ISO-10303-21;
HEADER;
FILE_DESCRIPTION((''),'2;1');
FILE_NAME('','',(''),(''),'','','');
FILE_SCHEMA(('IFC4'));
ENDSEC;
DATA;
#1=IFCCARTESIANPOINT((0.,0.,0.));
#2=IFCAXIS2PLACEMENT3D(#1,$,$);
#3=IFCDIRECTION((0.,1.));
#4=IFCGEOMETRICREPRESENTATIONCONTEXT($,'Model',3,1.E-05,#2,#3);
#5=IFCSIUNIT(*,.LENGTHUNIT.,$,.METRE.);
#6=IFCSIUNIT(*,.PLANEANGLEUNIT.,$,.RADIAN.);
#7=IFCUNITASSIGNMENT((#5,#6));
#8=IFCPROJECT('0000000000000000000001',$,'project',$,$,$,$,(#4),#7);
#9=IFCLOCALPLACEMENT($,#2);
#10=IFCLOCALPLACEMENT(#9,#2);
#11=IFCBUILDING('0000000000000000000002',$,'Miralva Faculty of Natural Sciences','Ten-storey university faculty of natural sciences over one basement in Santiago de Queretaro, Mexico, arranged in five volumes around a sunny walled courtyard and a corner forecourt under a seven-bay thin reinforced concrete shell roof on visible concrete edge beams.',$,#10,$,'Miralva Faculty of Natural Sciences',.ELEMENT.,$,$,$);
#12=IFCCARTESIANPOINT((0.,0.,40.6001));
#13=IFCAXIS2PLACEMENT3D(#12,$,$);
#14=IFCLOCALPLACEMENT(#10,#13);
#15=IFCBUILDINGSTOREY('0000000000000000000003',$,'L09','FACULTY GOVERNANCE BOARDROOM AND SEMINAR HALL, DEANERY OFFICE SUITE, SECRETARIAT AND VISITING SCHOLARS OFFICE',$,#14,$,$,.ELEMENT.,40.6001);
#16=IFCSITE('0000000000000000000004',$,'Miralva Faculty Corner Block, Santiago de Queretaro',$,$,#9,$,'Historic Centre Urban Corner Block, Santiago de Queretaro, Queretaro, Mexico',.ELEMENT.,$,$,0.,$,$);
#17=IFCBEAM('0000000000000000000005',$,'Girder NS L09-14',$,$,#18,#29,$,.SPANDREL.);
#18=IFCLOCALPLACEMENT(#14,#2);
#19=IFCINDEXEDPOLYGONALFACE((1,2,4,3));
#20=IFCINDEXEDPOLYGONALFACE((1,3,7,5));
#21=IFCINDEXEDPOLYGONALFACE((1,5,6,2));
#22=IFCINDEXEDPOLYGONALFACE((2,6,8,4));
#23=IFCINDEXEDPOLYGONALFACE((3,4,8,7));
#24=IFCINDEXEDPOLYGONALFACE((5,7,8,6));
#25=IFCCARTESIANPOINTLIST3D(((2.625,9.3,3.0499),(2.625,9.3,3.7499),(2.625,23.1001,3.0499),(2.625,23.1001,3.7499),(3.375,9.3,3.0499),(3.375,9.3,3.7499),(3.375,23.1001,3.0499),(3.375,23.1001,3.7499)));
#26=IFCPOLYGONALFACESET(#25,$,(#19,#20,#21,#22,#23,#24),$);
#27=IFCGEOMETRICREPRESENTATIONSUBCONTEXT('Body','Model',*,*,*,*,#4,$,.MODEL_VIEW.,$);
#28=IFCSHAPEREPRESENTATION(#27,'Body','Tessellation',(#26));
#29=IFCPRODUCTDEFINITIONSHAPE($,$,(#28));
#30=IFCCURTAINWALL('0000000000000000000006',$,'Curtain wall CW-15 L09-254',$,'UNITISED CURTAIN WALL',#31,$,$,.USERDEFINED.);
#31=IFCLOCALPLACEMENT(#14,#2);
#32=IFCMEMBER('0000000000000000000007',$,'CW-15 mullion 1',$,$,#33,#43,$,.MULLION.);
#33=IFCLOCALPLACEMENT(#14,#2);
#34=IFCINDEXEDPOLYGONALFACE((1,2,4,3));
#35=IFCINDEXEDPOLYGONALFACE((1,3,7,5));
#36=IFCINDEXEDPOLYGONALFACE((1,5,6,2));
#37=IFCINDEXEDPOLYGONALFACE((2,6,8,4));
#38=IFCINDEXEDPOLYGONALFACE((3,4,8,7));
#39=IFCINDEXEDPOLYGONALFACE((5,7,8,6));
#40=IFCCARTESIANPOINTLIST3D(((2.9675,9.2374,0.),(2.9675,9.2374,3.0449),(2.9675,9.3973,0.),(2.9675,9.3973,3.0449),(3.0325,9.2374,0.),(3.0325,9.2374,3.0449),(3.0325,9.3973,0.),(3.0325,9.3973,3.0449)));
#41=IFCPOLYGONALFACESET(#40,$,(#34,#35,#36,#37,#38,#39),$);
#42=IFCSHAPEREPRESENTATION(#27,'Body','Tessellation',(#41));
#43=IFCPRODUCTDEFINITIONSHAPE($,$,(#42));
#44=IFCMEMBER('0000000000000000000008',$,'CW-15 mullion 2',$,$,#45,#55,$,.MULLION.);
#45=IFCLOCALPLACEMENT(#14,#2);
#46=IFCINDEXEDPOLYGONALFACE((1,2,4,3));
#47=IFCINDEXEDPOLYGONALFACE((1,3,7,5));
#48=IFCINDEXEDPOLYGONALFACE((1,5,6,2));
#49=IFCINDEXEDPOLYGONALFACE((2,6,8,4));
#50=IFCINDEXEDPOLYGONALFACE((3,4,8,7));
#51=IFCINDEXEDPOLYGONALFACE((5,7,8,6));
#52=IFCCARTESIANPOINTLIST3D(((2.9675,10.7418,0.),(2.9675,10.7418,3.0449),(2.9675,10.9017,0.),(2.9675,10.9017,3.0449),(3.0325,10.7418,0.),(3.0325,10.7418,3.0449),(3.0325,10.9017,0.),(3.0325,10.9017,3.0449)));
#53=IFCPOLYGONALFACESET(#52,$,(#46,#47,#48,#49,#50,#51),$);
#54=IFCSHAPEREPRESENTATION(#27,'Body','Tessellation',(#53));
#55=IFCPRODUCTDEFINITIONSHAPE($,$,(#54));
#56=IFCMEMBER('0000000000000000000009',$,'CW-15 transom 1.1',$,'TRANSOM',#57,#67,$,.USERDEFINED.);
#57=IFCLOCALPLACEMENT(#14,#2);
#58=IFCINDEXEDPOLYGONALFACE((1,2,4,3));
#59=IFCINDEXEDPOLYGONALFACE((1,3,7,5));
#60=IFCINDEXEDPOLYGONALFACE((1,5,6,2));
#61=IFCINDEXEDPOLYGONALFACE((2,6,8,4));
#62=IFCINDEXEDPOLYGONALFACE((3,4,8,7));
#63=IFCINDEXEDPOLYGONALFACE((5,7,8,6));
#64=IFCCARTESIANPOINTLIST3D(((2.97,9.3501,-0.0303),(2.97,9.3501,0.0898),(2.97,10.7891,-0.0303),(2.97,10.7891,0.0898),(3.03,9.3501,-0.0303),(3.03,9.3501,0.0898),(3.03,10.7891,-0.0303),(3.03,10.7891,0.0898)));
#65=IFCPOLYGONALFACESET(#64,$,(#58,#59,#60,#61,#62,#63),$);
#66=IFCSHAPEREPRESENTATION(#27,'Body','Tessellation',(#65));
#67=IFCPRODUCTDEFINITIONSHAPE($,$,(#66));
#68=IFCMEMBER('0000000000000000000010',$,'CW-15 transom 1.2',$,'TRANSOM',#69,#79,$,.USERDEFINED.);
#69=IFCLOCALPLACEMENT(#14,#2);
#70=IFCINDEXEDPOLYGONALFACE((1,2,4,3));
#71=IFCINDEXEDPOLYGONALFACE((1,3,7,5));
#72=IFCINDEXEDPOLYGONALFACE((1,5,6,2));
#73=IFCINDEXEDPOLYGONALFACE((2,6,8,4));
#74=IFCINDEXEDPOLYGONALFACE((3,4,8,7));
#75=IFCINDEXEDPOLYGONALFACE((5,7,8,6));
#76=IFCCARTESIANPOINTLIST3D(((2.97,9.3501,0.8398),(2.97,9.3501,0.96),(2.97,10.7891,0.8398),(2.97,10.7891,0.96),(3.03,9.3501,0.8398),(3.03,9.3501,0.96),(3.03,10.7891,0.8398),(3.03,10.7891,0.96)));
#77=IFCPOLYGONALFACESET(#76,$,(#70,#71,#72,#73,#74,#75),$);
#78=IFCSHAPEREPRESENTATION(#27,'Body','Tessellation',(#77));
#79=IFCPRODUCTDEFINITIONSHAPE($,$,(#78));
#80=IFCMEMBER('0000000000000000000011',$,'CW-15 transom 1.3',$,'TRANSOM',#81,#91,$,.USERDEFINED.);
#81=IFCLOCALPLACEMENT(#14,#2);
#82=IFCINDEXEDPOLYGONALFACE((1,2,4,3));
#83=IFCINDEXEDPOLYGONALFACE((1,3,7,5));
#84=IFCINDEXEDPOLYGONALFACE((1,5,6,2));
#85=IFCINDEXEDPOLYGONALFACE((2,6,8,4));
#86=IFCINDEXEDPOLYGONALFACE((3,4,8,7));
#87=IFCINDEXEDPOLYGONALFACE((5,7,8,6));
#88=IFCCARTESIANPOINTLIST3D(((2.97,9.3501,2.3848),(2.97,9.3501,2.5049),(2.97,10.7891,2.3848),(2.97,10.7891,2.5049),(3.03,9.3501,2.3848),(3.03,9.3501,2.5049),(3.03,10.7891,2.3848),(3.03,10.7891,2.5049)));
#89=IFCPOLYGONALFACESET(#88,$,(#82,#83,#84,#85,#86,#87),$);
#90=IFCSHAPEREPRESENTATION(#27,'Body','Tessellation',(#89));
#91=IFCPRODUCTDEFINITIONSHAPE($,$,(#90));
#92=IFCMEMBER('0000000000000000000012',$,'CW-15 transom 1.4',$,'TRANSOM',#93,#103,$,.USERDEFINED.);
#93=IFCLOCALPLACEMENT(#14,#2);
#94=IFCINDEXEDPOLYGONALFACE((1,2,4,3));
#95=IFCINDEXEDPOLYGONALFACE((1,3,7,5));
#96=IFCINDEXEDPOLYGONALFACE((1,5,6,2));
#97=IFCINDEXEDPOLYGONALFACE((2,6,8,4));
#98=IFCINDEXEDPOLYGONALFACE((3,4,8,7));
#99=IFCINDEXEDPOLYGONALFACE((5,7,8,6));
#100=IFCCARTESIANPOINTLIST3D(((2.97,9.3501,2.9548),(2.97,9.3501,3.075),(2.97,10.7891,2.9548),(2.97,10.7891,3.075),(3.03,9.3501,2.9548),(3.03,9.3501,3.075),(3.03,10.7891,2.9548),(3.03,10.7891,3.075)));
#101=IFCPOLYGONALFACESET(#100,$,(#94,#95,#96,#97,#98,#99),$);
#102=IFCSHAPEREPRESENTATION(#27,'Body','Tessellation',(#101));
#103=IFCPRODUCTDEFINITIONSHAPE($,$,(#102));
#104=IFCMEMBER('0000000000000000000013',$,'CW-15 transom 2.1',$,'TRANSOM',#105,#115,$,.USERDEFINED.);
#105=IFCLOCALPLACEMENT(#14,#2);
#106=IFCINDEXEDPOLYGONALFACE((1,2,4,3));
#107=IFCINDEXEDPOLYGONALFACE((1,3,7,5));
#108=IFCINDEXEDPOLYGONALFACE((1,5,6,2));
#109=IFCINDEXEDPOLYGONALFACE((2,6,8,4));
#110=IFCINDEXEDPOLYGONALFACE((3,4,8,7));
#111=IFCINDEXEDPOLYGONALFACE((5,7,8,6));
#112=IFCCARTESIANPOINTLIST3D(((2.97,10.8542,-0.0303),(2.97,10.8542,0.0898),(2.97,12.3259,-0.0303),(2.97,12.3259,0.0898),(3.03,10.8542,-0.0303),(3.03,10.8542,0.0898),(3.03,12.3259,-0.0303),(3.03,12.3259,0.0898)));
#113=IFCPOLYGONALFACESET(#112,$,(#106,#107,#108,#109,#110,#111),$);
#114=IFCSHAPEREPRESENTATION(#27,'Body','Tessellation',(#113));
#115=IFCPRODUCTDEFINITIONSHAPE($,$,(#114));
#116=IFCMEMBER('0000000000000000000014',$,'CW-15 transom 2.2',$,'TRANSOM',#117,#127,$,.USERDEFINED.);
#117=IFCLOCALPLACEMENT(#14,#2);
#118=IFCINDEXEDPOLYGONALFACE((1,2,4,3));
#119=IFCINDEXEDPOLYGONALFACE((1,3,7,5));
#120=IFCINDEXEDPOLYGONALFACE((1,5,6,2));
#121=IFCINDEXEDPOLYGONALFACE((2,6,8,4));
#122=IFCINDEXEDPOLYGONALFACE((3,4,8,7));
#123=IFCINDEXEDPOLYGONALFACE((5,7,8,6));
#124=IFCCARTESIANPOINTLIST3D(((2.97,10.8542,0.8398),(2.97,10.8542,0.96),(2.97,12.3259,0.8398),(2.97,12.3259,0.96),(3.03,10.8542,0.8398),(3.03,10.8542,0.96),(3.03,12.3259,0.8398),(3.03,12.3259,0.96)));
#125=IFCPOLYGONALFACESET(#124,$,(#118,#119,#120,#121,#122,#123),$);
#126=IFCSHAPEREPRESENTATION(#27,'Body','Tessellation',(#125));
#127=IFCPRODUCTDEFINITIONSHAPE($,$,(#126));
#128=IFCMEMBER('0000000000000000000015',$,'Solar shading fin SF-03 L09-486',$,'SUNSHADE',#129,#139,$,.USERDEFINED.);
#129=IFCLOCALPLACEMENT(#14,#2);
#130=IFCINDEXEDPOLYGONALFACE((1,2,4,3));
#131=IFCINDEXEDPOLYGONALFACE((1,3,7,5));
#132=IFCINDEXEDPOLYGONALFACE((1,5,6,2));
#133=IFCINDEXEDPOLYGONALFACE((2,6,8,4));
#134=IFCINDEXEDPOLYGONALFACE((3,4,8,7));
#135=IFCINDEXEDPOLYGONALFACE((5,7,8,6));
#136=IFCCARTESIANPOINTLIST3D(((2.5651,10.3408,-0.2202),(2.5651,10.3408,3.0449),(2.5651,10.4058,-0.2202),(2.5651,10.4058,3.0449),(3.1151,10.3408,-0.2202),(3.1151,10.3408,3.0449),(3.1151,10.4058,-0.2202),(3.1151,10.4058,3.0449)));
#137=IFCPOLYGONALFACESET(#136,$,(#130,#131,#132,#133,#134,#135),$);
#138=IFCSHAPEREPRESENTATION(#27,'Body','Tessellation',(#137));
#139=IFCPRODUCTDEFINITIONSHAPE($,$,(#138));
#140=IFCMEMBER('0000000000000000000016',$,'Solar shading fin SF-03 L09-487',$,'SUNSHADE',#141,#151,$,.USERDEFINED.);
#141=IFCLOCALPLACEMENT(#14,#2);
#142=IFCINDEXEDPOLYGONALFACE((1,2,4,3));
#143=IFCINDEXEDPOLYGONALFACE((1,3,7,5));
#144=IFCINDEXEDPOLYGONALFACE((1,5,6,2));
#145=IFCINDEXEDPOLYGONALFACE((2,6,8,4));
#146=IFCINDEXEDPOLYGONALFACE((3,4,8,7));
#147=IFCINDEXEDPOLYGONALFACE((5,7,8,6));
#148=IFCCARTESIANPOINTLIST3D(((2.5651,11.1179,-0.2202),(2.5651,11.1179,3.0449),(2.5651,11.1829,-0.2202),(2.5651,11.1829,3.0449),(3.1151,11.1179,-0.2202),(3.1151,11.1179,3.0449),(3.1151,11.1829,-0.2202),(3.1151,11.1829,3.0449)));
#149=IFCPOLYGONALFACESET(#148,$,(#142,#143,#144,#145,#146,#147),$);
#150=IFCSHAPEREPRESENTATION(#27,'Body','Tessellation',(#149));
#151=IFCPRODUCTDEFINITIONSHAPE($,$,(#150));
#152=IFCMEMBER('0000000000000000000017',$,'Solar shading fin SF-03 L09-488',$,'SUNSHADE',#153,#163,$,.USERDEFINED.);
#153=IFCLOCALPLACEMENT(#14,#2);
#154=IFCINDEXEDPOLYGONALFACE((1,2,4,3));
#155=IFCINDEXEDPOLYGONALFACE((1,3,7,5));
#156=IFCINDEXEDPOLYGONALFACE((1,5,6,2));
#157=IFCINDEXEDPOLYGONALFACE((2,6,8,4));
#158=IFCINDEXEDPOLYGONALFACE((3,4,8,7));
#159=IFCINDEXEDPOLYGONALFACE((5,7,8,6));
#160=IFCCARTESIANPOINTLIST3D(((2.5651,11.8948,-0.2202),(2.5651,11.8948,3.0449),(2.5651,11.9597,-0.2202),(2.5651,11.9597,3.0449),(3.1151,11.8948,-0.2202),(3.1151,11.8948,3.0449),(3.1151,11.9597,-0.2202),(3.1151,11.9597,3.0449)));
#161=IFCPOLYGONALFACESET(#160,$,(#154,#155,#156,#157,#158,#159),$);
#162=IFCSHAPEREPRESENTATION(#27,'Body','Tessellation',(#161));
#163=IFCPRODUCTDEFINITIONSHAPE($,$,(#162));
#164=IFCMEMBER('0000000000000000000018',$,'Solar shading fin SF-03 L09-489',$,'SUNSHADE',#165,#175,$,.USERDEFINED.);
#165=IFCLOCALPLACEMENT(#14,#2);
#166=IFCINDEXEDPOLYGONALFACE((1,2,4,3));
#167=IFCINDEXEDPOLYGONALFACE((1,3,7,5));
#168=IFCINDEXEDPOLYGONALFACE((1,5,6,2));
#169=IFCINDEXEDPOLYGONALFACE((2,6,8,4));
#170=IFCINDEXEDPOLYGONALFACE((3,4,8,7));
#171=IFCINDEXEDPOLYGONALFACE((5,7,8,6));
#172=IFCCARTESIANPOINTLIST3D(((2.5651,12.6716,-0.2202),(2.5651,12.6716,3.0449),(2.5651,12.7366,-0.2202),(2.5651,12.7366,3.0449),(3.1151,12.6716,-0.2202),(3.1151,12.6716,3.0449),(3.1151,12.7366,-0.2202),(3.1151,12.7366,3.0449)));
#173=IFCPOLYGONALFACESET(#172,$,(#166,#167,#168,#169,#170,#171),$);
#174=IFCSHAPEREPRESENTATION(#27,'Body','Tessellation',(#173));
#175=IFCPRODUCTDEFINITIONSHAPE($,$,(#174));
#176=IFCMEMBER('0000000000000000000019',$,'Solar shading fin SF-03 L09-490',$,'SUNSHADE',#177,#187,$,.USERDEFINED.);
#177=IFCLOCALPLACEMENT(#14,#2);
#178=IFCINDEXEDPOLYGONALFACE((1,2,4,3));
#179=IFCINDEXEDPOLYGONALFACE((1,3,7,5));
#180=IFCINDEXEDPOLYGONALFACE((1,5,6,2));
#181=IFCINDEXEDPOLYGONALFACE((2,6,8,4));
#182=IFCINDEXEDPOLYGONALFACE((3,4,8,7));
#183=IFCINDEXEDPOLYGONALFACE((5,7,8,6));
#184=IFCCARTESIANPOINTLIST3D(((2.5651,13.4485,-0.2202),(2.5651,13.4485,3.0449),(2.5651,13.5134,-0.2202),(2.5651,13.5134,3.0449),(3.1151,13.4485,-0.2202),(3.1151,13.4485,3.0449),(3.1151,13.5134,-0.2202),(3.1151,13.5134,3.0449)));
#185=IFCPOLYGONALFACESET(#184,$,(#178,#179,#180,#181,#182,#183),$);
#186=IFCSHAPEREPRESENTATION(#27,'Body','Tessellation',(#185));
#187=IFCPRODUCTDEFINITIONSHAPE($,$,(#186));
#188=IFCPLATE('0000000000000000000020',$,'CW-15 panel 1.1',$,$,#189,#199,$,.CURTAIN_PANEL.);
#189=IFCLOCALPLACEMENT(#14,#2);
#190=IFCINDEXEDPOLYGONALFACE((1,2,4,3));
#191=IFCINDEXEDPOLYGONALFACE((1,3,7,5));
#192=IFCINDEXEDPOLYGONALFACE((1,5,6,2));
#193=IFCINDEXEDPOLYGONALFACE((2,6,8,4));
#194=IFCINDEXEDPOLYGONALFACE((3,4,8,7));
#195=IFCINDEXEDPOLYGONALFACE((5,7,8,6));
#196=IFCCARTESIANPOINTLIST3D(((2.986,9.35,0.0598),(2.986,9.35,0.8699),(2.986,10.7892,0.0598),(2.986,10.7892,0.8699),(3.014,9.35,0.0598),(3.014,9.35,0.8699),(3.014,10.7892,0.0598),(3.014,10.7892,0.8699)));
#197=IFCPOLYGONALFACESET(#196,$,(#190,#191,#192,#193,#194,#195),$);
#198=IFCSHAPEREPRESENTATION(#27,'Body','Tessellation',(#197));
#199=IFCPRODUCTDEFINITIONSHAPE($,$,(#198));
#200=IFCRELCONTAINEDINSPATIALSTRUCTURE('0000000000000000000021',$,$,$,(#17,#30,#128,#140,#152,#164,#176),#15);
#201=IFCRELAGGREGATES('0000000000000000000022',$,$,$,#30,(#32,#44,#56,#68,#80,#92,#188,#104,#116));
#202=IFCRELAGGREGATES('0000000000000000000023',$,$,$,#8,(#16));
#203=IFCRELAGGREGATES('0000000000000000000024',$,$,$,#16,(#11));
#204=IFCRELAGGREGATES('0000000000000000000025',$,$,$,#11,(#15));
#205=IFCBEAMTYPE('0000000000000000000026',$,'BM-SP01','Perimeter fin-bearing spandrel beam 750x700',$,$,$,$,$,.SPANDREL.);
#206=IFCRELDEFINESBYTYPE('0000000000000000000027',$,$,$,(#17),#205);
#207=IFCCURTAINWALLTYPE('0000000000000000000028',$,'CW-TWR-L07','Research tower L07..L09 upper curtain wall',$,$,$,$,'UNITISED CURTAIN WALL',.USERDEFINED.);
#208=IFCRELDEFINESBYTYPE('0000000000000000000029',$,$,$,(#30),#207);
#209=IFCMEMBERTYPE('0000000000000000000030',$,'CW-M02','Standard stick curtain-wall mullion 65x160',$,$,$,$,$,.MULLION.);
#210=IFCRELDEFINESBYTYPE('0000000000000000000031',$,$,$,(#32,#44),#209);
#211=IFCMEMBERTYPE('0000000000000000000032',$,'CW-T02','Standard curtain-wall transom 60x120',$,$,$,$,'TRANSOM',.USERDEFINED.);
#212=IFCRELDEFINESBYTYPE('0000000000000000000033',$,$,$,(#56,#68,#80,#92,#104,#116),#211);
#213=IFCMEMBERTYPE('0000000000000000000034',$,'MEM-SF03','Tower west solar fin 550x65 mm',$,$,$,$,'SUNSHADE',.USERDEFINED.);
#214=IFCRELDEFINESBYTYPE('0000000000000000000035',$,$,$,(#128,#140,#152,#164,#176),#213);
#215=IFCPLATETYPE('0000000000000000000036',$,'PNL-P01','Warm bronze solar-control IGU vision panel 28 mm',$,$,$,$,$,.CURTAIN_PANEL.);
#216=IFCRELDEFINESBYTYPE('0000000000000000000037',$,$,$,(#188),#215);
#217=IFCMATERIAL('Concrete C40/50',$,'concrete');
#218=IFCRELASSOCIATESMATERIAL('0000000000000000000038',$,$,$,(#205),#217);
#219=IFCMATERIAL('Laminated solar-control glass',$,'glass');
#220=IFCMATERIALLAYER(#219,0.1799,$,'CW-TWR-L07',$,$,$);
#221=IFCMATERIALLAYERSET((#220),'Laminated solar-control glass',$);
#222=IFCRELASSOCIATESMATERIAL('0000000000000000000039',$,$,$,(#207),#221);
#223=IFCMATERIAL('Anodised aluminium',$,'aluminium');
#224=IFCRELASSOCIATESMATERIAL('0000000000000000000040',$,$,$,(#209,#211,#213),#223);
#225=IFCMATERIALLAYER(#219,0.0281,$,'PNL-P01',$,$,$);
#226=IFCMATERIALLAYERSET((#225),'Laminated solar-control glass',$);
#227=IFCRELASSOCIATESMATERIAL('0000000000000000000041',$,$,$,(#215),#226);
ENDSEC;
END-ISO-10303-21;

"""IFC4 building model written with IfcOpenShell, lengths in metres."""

from ifc_helpers import new_model, si_unit, direction, frame, origin, origin_2d, place, context, subcontext, project, spatial, rectangle, extrude, material, layer, layer_set, material_profile, profile_set, type_object, element, aggregate, save


model = new_model("IFC4")

# Units and contexts
model_context = context("Model", 3, precision=1e-05, world=origin(), true_north=direction((0.0, 1.0)))
body_context = subcontext(model_context, "Body", "Model", "MODEL_VIEW")
ifc_project = project(units=[si_unit("LENGTHUNIT", "METRE"), si_unit("PLANEANGLEUNIT", "RADIAN")], contexts=[model_context])

# Site, building, storey
site_placement = place(None, origin())
site = spatial("IfcSite", under=ifc_project, at=site_placement, Name="Miralva Faculty Corner Block, Santiago de Queretaro", LongName="Historic Centre Urban Corner Block, Santiago de Queretaro, Queretaro, Mexico", CompositionType="ELEMENT", RefElevation=0.0)
building_placement = place(site_placement, origin())
building = spatial("IfcBuilding", under=site, at=building_placement, Name="Miralva Faculty of Natural Sciences", Description="Ten-storey university faculty of natural sciences over one basement in Santiago de Queretaro, Mexico, arranged in five volumes around a sunny walled courtyard and a corner forecourt under a seven-bay thin reinforced concrete shell roof on visible concrete edge beams.", LongName="Miralva Faculty of Natural Sciences", CompositionType="ELEMENT")
storey_placement = place(building_placement, frame((0.0, 0.0, 40.6001)))
storey = spatial("IfcBuildingStorey", under=building, at=storey_placement, Name="L09", Description="FACULTY GOVERNANCE BOARDROOM AND SEMINAR HALL, DEANERY OFFICE SUITE, SECRETARIAT AND VISITING SCHOLARS OFFICE", CompositionType="ELEMENT", Elevation=40.6001)

# Beam
ifc_material_1 = material(Name="Concrete C40/50", Category="concrete")
ifc_material_profile_1 = material_profile(ifc_material_1, rectangle(XDim=0.75, YDim=0.7, at=origin_2d()), Name="RC 750x700")
ifc_profile_set_1 = profile_set([ifc_material_profile_1], Name="Concrete C40/50")
beam_type = type_object("IfcBeamType", Name="BM-SP01", Description="Perimeter fin-bearing spandrel beam 750x700", PredefinedType="SPANDREL", material=ifc_profile_set_1)
beam_placement = place(storey_placement, frame((3.0, 9.3, 3.3999), z_axis=(0.0, 1.0, 0.0), x_axis=(-1.0, 0.0, 0.0)))
element("IfcBeam", 1, at=beam_placement, inside=storey, type_object=beam_type, Name="Girder NS L09-14", PredefinedType="SPANDREL", context=body_context, shape_type="SweptSolid", body=[
    extrude(rectangle(XDim=0.75, YDim=0.7, at=origin_2d()), origin(), (0.0, 0.0, 1.0), 13.8),
])

# Curtain wall, members
ifc_material_2 = material(Name="Laminated solar-control glass", Category="glass")
ifc_layer_1 = layer(ifc_material_2, 0.1799, Name="CW-TWR-L07")
ifc_layer_set_1 = layer_set([ifc_layer_1], Name="Laminated solar-control glass")
curtain_wall_type = type_object("IfcCurtainWallType", Name="CW-TWR-L07", Description="Research tower L07..L09 upper curtain wall", ElementType="UNITISED CURTAIN WALL", PredefinedType="USERDEFINED", material=ifc_layer_set_1)
curtain_wall_placement = place(storey_placement, origin())
curtain_wall = element("IfcCurtainWall", 2, at=curtain_wall_placement, inside=storey, type_object=curtain_wall_type, Name="Curtain wall CW-15 L09-254", ObjectType="UNITISED CURTAIN WALL", PredefinedType="USERDEFINED")
ifc_material_3 = material(Name="Anodised aluminium", Category="aluminium")
ifc_material_profile_2 = material_profile(ifc_material_3, rectangle(XDim=0.0649, YDim=0.1599, at=origin_2d()), Name="MULLION 65x160")
ifc_profile_set_2 = profile_set([ifc_material_profile_2], Name="Anodised aluminium")
member_type_1 = type_object("IfcMemberType", Name="CW-M02", Description="Standard stick curtain-wall mullion 65x160", PredefinedType="MULLION", material=ifc_profile_set_2)
member_1_placement = place(storey_placement, frame((3.0, 9.3174, 0.0), z_axis=(0.0, 0.0, 1.0), x_axis=(-1.0, 0.0, 0.0)))
member_1 = element("IfcMember", 3, at=member_1_placement, type_object=member_type_1, Name="CW-15 mullion 1", PredefinedType="MULLION", context=body_context, shape_type="SweptSolid", body=[
    extrude(rectangle(XDim=0.0649, YDim=0.1599, at=origin_2d()), origin(), (0.0, 0.0, 1.0), 3.0449),
])
member_2_placement = place(storey_placement, frame((3.0, 10.8218, 0.0), z_axis=(0.0, 0.0, 1.0), x_axis=(-1.0, 0.0, 0.0)))
member_2 = element("IfcMember", 4, at=member_2_placement, type_object=member_type_1, Name="CW-15 mullion 2", PredefinedType="MULLION", context=body_context, shape_type="SweptSolid", body=[
    extrude(rectangle(XDim=0.0649, YDim=0.1599, at=origin_2d()), origin(), (0.0, 0.0, 1.0), 3.0449),
])
ifc_material_profile_3 = material_profile(ifc_material_3, rectangle(XDim=0.0601, YDim=0.1201, at=origin_2d()), Name="TRANSOM 60x120")
ifc_profile_set_3 = profile_set([ifc_material_profile_3], Name="Anodised aluminium")
member_type_2 = type_object("IfcMemberType", Name="CW-T02", Description="Standard curtain-wall transom 60x120", ElementType="TRANSOM", PredefinedType="USERDEFINED", material=ifc_profile_set_3)
member_3_placement = place(storey_placement, frame((3.0, 9.3501, 0.0298), z_axis=(0.0, 1.0, 0.0), x_axis=(-1.0, 0.0, 0.0)))
member_3 = element("IfcMember", 5, at=member_3_placement, type_object=member_type_2, Name="CW-15 transom 1.1", ObjectType="TRANSOM", PredefinedType="USERDEFINED", context=body_context, shape_type="SweptSolid", body=[
    extrude(rectangle(XDim=0.0601, YDim=0.1201, at=origin_2d()), origin(), (0.0, 0.0, 1.0), 1.439),
])
member_4_placement = place(storey_placement, frame((3.0, 9.3501, 0.8999), z_axis=(0.0, 1.0, 0.0), x_axis=(-1.0, 0.0, 0.0)))
member_4 = element("IfcMember", 6, at=member_4_placement, type_object=member_type_2, Name="CW-15 transom 1.2", ObjectType="TRANSOM", PredefinedType="USERDEFINED", context=body_context, shape_type="SweptSolid", body=[
    extrude(rectangle(XDim=0.0601, YDim=0.1201, at=origin_2d()), origin(), (0.0, 0.0, 1.0), 1.439),
])
member_5_placement = place(storey_placement, frame((3.0, 9.3501, 2.4448), z_axis=(0.0, 1.0, 0.0), x_axis=(-1.0, 0.0, 0.0)))
member_5 = element("IfcMember", 7, at=member_5_placement, type_object=member_type_2, Name="CW-15 transom 1.3", ObjectType="TRANSOM", PredefinedType="USERDEFINED", context=body_context, shape_type="SweptSolid", body=[
    extrude(rectangle(XDim=0.0601, YDim=0.1201, at=origin_2d()), origin(), (0.0, 0.0, 1.0), 1.439),
])
member_6_placement = place(storey_placement, frame((3.0, 9.3501, 3.0149), z_axis=(0.0, 1.0, 0.0), x_axis=(-1.0, 0.0, 0.0)))
member_6 = element("IfcMember", 8, at=member_6_placement, type_object=member_type_2, Name="CW-15 transom 1.4", ObjectType="TRANSOM", PredefinedType="USERDEFINED", context=body_context, shape_type="SweptSolid", body=[
    extrude(rectangle(XDim=0.0601, YDim=0.1201, at=origin_2d()), origin(), (0.0, 0.0, 1.0), 1.439),
])
member_7_placement = place(storey_placement, frame((3.0, 10.8542, 0.0298), z_axis=(0.0, 1.0, 0.0), x_axis=(-1.0, 0.0, 0.0)))
member_7 = element("IfcMember", 9, at=member_7_placement, type_object=member_type_2, Name="CW-15 transom 2.1", ObjectType="TRANSOM", PredefinedType="USERDEFINED", context=body_context, shape_type="SweptSolid", body=[
    extrude(rectangle(XDim=0.0601, YDim=0.1201, at=origin_2d()), origin(), (0.0, 0.0, 1.0), 1.4717),
])
member_8_placement = place(storey_placement, frame((3.0, 10.8542, 0.8999), z_axis=(0.0, 1.0, 0.0), x_axis=(-1.0, 0.0, 0.0)))
member_8 = element("IfcMember", 10, at=member_8_placement, type_object=member_type_2, Name="CW-15 transom 2.2", ObjectType="TRANSOM", PredefinedType="USERDEFINED", context=body_context, shape_type="SweptSolid", body=[
    extrude(rectangle(XDim=0.0601, YDim=0.1201, at=origin_2d()), origin(), (0.0, 0.0, 1.0), 1.4717),
])

# Members
ifc_material_profile_4 = material_profile(ifc_material_3, rectangle(XDim=0.0649, YDim=0.55, at=origin_2d()), Name="FIN 550x65")
ifc_profile_set_4 = profile_set([ifc_material_profile_4], Name="Anodised aluminium")
member_type_3 = type_object("IfcMemberType", Name="MEM-SF03", Description="Tower west solar fin 550x65 mm", ElementType="SUNSHADE", PredefinedType="USERDEFINED", material=ifc_profile_set_4)
for number, where, z_axis, x_axis, name in (
    (11, (2.8401, 10.3733, -0.2202), (0.0, 0.0, 1.0), (0.0, -1.0, 0.0), "Solar shading fin SF-03 L09-486"),
    (12, (2.8401, 11.1504, -0.2202), (0.0, 0.0, 1.0), (0.0, -1.0, 0.0), "Solar shading fin SF-03 L09-487"),
    (13, (2.8401, 11.9272, -0.2202), (0.0, 0.0, 1.0), (0.0, -1.0, 0.0), "Solar shading fin SF-03 L09-488"),
    (14, (2.8401, 12.7041, -0.2202), (0.0, 0.0, 1.0), (0.0, -1.0, 0.0), "Solar shading fin SF-03 L09-489"),
    (15, (2.8401, 13.481, -0.2202), (0.0, 0.0, 1.0), (0.0, -1.0, 0.0), "Solar shading fin SF-03 L09-490"),
):
    element("IfcMember", number, at=place(storey_placement, frame(where, z_axis=z_axis, x_axis=x_axis)), inside=storey, type_object=member_type_3, Name=name, ObjectType="SUNSHADE", PredefinedType="USERDEFINED", context=body_context, shape_type="SweptSolid", body=[
        extrude(rectangle(XDim=0.0649, YDim=0.55, at=origin_2d()), origin(), (0.0, 0.0, 1.0), 3.2651),
    ])

# Plate
ifc_layer_2 = layer(ifc_material_2, 0.0281, Name="PNL-P01")
ifc_layer_set_2 = layer_set([ifc_layer_2], Name="Laminated solar-control glass")
plate_type = type_object("IfcPlateType", Name="PNL-P01", Description="Warm bronze solar-control IGU vision panel 28 mm", PredefinedType="CURTAIN_PANEL", material=ifc_layer_set_2)
plate_1_placement = place(storey_placement, frame((3.0, 10.0696, 0.0598), z_axis=(0.0, 0.0, 1.0), x_axis=(0.0, 1.0, 0.0)))
plate_1 = element("IfcPlate", 16, at=plate_1_placement, type_object=plate_type, Name="CW-15 panel 1.1", PredefinedType="CURTAIN_PANEL", context=body_context, shape_type="SweptSolid", body=[
    extrude(rectangle(XDim=1.4392, YDim=0.0281, at=origin_2d()), origin(), (0.0, 0.0, 1.0), 0.8101),
])
aggregate(curtain_wall, [member_1, member_2, member_3, member_4, member_5, member_6, plate_1, member_7, member_8])

save(model, "model.ifc")
